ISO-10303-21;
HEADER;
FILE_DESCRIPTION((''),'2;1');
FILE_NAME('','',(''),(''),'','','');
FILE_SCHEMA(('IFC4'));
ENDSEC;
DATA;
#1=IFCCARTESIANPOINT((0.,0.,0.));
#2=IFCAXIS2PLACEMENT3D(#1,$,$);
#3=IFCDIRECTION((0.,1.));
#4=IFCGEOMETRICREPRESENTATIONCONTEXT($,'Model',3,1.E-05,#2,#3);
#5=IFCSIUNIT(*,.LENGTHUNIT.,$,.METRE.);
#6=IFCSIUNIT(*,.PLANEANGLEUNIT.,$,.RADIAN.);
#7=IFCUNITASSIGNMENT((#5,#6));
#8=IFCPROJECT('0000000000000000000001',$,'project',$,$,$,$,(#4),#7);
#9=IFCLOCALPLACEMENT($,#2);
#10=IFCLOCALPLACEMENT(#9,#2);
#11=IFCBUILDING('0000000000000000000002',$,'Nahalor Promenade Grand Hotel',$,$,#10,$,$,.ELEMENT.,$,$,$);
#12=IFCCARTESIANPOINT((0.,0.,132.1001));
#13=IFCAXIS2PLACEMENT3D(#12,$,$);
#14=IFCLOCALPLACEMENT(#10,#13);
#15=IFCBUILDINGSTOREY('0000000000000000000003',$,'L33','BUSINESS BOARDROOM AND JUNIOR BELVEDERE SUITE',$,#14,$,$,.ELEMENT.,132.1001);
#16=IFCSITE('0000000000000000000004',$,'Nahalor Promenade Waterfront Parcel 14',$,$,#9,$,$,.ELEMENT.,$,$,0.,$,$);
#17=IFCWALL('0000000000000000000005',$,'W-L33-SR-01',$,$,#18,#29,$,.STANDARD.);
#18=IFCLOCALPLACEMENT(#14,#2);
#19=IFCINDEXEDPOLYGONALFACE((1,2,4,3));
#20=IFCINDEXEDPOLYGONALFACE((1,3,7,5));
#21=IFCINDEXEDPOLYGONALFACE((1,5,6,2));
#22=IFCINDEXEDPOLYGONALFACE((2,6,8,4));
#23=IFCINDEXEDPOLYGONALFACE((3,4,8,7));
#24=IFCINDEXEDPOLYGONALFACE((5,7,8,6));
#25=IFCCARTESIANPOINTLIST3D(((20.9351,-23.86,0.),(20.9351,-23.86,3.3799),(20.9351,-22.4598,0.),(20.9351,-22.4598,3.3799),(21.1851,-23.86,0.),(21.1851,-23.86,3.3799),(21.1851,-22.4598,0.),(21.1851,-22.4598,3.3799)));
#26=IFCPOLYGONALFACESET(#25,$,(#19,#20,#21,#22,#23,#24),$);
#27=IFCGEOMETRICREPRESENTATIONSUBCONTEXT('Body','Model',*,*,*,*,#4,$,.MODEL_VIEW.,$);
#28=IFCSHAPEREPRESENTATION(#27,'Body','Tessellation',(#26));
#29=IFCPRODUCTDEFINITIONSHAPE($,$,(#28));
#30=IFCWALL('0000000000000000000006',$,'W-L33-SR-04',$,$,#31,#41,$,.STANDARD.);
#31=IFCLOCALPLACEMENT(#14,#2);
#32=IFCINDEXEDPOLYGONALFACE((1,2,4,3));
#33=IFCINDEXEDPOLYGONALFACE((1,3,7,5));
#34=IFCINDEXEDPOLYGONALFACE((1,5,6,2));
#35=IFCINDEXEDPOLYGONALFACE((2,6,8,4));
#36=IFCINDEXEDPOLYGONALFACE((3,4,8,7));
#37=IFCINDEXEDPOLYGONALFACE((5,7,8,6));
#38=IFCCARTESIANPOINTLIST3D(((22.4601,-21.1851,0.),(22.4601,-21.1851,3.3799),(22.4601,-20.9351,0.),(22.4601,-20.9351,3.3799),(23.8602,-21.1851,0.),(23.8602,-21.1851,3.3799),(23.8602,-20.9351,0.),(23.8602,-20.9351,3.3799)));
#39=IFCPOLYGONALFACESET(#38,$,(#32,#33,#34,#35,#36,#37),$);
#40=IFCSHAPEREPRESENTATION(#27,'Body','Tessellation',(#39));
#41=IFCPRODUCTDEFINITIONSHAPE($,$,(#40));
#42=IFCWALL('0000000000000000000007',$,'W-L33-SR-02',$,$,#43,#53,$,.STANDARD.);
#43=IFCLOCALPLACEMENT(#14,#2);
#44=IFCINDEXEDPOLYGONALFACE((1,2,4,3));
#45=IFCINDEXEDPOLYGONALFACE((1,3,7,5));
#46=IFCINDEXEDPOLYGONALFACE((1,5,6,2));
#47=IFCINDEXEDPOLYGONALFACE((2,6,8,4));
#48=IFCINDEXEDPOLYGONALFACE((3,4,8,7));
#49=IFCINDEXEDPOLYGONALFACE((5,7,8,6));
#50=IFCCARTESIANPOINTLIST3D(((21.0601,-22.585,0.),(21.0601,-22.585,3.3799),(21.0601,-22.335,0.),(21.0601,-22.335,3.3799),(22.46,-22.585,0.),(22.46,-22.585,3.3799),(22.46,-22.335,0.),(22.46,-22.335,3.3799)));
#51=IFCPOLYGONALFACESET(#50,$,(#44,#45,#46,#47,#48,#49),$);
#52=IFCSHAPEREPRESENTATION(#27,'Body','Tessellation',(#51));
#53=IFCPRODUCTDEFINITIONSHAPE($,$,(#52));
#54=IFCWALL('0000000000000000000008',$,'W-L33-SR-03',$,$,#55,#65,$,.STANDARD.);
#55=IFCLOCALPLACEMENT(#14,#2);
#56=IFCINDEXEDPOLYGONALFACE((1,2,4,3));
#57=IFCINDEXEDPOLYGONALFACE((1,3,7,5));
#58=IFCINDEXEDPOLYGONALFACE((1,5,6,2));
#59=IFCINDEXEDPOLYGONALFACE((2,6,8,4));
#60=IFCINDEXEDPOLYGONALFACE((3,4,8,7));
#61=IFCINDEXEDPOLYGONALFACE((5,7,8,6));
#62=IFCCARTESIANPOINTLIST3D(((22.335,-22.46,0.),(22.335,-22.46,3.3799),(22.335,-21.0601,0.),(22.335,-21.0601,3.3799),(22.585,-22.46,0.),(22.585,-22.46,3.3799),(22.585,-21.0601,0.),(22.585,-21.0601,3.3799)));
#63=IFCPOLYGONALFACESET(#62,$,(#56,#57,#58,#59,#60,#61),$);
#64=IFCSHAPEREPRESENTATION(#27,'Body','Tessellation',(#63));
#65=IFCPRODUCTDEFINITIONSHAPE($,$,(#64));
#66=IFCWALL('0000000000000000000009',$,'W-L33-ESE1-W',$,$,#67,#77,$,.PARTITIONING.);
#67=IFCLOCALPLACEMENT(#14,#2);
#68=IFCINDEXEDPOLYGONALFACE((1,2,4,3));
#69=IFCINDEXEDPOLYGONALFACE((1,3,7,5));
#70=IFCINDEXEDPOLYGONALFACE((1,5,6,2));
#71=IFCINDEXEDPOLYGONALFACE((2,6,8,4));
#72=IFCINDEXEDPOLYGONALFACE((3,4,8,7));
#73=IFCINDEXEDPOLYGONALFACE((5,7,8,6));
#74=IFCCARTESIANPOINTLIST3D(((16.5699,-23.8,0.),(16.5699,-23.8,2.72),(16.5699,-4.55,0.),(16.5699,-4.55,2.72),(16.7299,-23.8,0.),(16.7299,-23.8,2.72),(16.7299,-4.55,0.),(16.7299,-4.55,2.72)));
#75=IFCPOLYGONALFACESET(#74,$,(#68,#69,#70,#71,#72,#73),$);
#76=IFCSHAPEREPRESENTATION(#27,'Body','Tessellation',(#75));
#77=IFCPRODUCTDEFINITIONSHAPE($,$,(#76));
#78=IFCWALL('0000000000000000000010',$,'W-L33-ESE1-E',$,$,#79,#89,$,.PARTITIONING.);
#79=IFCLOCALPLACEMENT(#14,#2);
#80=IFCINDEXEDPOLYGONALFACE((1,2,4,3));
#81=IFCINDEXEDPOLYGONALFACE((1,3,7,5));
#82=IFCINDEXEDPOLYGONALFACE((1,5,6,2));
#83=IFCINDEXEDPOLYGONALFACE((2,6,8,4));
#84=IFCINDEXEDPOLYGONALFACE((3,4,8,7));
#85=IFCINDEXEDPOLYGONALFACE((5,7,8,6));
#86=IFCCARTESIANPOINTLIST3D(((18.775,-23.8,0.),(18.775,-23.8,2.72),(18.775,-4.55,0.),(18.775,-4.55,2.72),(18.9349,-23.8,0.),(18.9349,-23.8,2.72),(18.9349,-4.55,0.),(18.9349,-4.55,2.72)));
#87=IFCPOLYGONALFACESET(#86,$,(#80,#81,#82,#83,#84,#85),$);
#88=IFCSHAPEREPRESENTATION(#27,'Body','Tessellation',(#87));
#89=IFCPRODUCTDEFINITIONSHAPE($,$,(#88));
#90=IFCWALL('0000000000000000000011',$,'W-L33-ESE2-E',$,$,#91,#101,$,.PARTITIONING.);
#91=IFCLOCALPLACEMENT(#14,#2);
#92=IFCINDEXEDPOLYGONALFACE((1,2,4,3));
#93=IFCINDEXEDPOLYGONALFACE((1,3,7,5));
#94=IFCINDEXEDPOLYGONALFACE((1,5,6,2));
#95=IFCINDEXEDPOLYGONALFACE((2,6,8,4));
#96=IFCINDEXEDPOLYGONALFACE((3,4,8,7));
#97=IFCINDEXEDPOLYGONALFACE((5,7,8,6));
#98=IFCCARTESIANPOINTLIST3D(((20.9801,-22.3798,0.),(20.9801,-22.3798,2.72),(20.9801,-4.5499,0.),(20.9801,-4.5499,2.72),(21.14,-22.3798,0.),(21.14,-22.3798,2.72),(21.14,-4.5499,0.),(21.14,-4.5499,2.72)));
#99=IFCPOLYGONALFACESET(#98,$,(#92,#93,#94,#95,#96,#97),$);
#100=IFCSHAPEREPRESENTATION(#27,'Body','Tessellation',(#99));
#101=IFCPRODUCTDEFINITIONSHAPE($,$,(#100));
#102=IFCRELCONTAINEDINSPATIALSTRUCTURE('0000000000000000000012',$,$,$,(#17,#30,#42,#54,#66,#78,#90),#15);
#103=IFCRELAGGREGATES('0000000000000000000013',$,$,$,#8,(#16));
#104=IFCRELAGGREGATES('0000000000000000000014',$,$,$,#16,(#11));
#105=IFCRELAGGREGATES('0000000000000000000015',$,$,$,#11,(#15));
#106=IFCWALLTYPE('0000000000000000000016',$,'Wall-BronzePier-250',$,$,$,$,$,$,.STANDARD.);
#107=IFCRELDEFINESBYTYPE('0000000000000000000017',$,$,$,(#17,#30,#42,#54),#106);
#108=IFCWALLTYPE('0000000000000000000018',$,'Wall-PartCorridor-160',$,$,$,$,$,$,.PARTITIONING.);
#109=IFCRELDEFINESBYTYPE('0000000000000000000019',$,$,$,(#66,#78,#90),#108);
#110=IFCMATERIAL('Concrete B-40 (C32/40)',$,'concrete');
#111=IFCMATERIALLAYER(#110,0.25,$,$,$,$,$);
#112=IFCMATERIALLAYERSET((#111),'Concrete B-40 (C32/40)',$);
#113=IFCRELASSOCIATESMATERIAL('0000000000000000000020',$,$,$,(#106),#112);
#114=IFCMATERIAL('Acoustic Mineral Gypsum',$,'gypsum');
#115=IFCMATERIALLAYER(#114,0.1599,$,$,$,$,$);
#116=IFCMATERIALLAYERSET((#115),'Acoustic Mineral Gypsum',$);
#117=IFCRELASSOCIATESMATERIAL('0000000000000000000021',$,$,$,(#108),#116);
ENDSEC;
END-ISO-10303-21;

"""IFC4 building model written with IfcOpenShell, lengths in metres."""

from ifc_helpers import new_model, si_unit, direction, frame, frame_2d, origin, place, context, subcontext, project, spatial, rectangle, extrude, source, transform, mapped, material, layer, layer_set, type_object, element, save


model = new_model("IFC4")

# Units and contexts
model_context = context("Model", 3, precision=1e-05, world=origin(), true_north=direction((0.0, 1.0)))
body_context = subcontext(model_context, "Body", "Model", "MODEL_VIEW")
ifc_project = project(units=[si_unit("LENGTHUNIT", "METRE"), si_unit("PLANEANGLEUNIT", "RADIAN")], contexts=[model_context])

# Site, building, storey
site_placement = place(None, origin())
site = spatial("IfcSite", under=ifc_project, at=site_placement, Name="Nahalor Promenade Waterfront Parcel 14", CompositionType="ELEMENT", RefElevation=0.0)
building_placement = place(site_placement, origin())
building = spatial("IfcBuilding", under=site, at=building_placement, Name="Nahalor Promenade Grand Hotel", CompositionType="ELEMENT")
storey_placement = place(building_placement, frame((0.0, 0.0, 132.1001)))
storey = spatial("IfcBuildingStorey", under=building, at=storey_placement, Name="L33", Description="BUSINESS BOARDROOM AND JUNIOR BELVEDERE SUITE", CompositionType="ELEMENT", Elevation=132.1001)

# Walls
ifc_material_1 = material(Name="Concrete B-40 (C32/40)", Category="concrete")
ifc_layer_1 = layer(ifc_material_1, 0.25)
ifc_layer_set_1 = layer_set([ifc_layer_1], Name="Concrete B-40 (C32/40)")
wall_type_1 = type_object("IfcWallType", Name="Wall-BronzePier-250", PredefinedType="STANDARD", material=ifc_layer_set_1)
shared_shape_1 = source(origin(), body_context, "Body", "SweptSolid", [
    extrude(rectangle(XDim=1.4001, YDim=0.25, at=frame_2d((0.7002, 0.0))), origin(), (0.0, 0.0, 1.0), 3.3799),
])
for number, where, z_axis, x_axis, name in (
    (1, (21.0601, -23.8601, 0.0), (0.0, 0.0, 1.0), (0.0, 1.0, 0.0), "W-L33-SR-01"),
    (2, (22.46, -21.0601, 0.0), (0.0, 0.0, 1.0), (1.0, 0.0, 0.0), "W-L33-SR-04"),
):
    element("IfcWall", number, at=place(storey_placement, frame(where, z_axis=z_axis, x_axis=x_axis)), inside=storey, type_object=wall_type_1, Name=name, PredefinedType="STANDARD", context=body_context, shape_type="MappedRepresentation", body=[
        mapped(shared_shape_1, transform((0.0, 0.0, 0.0), scale=1.0)),
    ])
shared_shape_2 = source(origin(), body_context, "Body", "SweptSolid", [
    extrude(rectangle(XDim=1.3999, YDim=0.25, at=frame_2d((0.7, 0.0))), origin(), (0.0, 0.0, 1.0), 3.3799),
])
for number, where, z_axis, x_axis, name in (
    (3, (21.0601, -22.46, 0.0), (0.0, 0.0, 1.0), (1.0, 0.0, 0.0), "W-L33-SR-02"),
    (4, (22.46, -22.46, 0.0), (0.0, 0.0, 1.0), (0.0, 1.0, 0.0), "W-L33-SR-03"),
):
    element("IfcWall", number, at=place(storey_placement, frame(where, z_axis=z_axis, x_axis=x_axis)), inside=storey, type_object=wall_type_1, Name=name, PredefinedType="STANDARD", context=body_context, shape_type="MappedRepresentation", body=[
        mapped(shared_shape_2, transform((0.0, 0.0, 0.0), scale=1.0)),
    ])
ifc_material_2 = material(Name="Acoustic Mineral Gypsum", Category="gypsum")
ifc_layer_2 = layer(ifc_material_2, 0.1599)
ifc_layer_set_2 = layer_set([ifc_layer_2], Name="Acoustic Mineral Gypsum")
wall_type_2 = type_object("IfcWallType", Name="Wall-PartCorridor-160", PredefinedType="PARTITIONING", material=ifc_layer_set_2)
shared_shape_3 = source(origin(), body_context, "Body", "SweptSolid", [
    extrude(rectangle(XDim=19.25, YDim=0.1599, at=frame_2d((9.625, 0.0))), origin(), (0.0, 0.0, 1.0), 2.72),
])
for number, where, z_axis, x_axis, name in (
    (5, (16.6499, -23.8, 0.0), (0.0, 0.0, 1.0), (0.0, 1.0, 0.0), "W-L33-ESE1-W"),
    (6, (18.855, -23.8, 0.0), (0.0, 0.0, 1.0), (0.0, 1.0, 0.0), "W-L33-ESE1-E"),
):
    element("IfcWall", number, at=place(storey_placement, frame(where, z_axis=z_axis, x_axis=x_axis)), inside=storey, type_object=wall_type_2, Name=name, PredefinedType="PARTITIONING", context=body_context, shape_type="MappedRepresentation", body=[
        mapped(shared_shape_3, transform((0.0, 0.0, 0.0), scale=1.0)),
    ])
shared_shape_4 = source(origin(), body_context, "Body", "SweptSolid", [
    extrude(rectangle(XDim=17.8298, YDim=0.1599, at=frame_2d((8.915, 0.0))), origin(), (0.0, 0.0, 1.0), 2.72),
])
wall_1_placement = place(storey_placement, frame((21.0601, -22.3799, 0.0), z_axis=(0.0, 0.0, 1.0), x_axis=(0.0, 1.0, 0.0)))
element("IfcWall", 7, at=wall_1_placement, inside=storey, type_object=wall_type_2, Name="W-L33-ESE2-E", PredefinedType="PARTITIONING", context=body_context, shape_type="MappedRepresentation", body=[
    mapped(shared_shape_4, transform((0.0, 0.0, 0.0), scale=1.0)),
])

save(model, "model.ifc")
